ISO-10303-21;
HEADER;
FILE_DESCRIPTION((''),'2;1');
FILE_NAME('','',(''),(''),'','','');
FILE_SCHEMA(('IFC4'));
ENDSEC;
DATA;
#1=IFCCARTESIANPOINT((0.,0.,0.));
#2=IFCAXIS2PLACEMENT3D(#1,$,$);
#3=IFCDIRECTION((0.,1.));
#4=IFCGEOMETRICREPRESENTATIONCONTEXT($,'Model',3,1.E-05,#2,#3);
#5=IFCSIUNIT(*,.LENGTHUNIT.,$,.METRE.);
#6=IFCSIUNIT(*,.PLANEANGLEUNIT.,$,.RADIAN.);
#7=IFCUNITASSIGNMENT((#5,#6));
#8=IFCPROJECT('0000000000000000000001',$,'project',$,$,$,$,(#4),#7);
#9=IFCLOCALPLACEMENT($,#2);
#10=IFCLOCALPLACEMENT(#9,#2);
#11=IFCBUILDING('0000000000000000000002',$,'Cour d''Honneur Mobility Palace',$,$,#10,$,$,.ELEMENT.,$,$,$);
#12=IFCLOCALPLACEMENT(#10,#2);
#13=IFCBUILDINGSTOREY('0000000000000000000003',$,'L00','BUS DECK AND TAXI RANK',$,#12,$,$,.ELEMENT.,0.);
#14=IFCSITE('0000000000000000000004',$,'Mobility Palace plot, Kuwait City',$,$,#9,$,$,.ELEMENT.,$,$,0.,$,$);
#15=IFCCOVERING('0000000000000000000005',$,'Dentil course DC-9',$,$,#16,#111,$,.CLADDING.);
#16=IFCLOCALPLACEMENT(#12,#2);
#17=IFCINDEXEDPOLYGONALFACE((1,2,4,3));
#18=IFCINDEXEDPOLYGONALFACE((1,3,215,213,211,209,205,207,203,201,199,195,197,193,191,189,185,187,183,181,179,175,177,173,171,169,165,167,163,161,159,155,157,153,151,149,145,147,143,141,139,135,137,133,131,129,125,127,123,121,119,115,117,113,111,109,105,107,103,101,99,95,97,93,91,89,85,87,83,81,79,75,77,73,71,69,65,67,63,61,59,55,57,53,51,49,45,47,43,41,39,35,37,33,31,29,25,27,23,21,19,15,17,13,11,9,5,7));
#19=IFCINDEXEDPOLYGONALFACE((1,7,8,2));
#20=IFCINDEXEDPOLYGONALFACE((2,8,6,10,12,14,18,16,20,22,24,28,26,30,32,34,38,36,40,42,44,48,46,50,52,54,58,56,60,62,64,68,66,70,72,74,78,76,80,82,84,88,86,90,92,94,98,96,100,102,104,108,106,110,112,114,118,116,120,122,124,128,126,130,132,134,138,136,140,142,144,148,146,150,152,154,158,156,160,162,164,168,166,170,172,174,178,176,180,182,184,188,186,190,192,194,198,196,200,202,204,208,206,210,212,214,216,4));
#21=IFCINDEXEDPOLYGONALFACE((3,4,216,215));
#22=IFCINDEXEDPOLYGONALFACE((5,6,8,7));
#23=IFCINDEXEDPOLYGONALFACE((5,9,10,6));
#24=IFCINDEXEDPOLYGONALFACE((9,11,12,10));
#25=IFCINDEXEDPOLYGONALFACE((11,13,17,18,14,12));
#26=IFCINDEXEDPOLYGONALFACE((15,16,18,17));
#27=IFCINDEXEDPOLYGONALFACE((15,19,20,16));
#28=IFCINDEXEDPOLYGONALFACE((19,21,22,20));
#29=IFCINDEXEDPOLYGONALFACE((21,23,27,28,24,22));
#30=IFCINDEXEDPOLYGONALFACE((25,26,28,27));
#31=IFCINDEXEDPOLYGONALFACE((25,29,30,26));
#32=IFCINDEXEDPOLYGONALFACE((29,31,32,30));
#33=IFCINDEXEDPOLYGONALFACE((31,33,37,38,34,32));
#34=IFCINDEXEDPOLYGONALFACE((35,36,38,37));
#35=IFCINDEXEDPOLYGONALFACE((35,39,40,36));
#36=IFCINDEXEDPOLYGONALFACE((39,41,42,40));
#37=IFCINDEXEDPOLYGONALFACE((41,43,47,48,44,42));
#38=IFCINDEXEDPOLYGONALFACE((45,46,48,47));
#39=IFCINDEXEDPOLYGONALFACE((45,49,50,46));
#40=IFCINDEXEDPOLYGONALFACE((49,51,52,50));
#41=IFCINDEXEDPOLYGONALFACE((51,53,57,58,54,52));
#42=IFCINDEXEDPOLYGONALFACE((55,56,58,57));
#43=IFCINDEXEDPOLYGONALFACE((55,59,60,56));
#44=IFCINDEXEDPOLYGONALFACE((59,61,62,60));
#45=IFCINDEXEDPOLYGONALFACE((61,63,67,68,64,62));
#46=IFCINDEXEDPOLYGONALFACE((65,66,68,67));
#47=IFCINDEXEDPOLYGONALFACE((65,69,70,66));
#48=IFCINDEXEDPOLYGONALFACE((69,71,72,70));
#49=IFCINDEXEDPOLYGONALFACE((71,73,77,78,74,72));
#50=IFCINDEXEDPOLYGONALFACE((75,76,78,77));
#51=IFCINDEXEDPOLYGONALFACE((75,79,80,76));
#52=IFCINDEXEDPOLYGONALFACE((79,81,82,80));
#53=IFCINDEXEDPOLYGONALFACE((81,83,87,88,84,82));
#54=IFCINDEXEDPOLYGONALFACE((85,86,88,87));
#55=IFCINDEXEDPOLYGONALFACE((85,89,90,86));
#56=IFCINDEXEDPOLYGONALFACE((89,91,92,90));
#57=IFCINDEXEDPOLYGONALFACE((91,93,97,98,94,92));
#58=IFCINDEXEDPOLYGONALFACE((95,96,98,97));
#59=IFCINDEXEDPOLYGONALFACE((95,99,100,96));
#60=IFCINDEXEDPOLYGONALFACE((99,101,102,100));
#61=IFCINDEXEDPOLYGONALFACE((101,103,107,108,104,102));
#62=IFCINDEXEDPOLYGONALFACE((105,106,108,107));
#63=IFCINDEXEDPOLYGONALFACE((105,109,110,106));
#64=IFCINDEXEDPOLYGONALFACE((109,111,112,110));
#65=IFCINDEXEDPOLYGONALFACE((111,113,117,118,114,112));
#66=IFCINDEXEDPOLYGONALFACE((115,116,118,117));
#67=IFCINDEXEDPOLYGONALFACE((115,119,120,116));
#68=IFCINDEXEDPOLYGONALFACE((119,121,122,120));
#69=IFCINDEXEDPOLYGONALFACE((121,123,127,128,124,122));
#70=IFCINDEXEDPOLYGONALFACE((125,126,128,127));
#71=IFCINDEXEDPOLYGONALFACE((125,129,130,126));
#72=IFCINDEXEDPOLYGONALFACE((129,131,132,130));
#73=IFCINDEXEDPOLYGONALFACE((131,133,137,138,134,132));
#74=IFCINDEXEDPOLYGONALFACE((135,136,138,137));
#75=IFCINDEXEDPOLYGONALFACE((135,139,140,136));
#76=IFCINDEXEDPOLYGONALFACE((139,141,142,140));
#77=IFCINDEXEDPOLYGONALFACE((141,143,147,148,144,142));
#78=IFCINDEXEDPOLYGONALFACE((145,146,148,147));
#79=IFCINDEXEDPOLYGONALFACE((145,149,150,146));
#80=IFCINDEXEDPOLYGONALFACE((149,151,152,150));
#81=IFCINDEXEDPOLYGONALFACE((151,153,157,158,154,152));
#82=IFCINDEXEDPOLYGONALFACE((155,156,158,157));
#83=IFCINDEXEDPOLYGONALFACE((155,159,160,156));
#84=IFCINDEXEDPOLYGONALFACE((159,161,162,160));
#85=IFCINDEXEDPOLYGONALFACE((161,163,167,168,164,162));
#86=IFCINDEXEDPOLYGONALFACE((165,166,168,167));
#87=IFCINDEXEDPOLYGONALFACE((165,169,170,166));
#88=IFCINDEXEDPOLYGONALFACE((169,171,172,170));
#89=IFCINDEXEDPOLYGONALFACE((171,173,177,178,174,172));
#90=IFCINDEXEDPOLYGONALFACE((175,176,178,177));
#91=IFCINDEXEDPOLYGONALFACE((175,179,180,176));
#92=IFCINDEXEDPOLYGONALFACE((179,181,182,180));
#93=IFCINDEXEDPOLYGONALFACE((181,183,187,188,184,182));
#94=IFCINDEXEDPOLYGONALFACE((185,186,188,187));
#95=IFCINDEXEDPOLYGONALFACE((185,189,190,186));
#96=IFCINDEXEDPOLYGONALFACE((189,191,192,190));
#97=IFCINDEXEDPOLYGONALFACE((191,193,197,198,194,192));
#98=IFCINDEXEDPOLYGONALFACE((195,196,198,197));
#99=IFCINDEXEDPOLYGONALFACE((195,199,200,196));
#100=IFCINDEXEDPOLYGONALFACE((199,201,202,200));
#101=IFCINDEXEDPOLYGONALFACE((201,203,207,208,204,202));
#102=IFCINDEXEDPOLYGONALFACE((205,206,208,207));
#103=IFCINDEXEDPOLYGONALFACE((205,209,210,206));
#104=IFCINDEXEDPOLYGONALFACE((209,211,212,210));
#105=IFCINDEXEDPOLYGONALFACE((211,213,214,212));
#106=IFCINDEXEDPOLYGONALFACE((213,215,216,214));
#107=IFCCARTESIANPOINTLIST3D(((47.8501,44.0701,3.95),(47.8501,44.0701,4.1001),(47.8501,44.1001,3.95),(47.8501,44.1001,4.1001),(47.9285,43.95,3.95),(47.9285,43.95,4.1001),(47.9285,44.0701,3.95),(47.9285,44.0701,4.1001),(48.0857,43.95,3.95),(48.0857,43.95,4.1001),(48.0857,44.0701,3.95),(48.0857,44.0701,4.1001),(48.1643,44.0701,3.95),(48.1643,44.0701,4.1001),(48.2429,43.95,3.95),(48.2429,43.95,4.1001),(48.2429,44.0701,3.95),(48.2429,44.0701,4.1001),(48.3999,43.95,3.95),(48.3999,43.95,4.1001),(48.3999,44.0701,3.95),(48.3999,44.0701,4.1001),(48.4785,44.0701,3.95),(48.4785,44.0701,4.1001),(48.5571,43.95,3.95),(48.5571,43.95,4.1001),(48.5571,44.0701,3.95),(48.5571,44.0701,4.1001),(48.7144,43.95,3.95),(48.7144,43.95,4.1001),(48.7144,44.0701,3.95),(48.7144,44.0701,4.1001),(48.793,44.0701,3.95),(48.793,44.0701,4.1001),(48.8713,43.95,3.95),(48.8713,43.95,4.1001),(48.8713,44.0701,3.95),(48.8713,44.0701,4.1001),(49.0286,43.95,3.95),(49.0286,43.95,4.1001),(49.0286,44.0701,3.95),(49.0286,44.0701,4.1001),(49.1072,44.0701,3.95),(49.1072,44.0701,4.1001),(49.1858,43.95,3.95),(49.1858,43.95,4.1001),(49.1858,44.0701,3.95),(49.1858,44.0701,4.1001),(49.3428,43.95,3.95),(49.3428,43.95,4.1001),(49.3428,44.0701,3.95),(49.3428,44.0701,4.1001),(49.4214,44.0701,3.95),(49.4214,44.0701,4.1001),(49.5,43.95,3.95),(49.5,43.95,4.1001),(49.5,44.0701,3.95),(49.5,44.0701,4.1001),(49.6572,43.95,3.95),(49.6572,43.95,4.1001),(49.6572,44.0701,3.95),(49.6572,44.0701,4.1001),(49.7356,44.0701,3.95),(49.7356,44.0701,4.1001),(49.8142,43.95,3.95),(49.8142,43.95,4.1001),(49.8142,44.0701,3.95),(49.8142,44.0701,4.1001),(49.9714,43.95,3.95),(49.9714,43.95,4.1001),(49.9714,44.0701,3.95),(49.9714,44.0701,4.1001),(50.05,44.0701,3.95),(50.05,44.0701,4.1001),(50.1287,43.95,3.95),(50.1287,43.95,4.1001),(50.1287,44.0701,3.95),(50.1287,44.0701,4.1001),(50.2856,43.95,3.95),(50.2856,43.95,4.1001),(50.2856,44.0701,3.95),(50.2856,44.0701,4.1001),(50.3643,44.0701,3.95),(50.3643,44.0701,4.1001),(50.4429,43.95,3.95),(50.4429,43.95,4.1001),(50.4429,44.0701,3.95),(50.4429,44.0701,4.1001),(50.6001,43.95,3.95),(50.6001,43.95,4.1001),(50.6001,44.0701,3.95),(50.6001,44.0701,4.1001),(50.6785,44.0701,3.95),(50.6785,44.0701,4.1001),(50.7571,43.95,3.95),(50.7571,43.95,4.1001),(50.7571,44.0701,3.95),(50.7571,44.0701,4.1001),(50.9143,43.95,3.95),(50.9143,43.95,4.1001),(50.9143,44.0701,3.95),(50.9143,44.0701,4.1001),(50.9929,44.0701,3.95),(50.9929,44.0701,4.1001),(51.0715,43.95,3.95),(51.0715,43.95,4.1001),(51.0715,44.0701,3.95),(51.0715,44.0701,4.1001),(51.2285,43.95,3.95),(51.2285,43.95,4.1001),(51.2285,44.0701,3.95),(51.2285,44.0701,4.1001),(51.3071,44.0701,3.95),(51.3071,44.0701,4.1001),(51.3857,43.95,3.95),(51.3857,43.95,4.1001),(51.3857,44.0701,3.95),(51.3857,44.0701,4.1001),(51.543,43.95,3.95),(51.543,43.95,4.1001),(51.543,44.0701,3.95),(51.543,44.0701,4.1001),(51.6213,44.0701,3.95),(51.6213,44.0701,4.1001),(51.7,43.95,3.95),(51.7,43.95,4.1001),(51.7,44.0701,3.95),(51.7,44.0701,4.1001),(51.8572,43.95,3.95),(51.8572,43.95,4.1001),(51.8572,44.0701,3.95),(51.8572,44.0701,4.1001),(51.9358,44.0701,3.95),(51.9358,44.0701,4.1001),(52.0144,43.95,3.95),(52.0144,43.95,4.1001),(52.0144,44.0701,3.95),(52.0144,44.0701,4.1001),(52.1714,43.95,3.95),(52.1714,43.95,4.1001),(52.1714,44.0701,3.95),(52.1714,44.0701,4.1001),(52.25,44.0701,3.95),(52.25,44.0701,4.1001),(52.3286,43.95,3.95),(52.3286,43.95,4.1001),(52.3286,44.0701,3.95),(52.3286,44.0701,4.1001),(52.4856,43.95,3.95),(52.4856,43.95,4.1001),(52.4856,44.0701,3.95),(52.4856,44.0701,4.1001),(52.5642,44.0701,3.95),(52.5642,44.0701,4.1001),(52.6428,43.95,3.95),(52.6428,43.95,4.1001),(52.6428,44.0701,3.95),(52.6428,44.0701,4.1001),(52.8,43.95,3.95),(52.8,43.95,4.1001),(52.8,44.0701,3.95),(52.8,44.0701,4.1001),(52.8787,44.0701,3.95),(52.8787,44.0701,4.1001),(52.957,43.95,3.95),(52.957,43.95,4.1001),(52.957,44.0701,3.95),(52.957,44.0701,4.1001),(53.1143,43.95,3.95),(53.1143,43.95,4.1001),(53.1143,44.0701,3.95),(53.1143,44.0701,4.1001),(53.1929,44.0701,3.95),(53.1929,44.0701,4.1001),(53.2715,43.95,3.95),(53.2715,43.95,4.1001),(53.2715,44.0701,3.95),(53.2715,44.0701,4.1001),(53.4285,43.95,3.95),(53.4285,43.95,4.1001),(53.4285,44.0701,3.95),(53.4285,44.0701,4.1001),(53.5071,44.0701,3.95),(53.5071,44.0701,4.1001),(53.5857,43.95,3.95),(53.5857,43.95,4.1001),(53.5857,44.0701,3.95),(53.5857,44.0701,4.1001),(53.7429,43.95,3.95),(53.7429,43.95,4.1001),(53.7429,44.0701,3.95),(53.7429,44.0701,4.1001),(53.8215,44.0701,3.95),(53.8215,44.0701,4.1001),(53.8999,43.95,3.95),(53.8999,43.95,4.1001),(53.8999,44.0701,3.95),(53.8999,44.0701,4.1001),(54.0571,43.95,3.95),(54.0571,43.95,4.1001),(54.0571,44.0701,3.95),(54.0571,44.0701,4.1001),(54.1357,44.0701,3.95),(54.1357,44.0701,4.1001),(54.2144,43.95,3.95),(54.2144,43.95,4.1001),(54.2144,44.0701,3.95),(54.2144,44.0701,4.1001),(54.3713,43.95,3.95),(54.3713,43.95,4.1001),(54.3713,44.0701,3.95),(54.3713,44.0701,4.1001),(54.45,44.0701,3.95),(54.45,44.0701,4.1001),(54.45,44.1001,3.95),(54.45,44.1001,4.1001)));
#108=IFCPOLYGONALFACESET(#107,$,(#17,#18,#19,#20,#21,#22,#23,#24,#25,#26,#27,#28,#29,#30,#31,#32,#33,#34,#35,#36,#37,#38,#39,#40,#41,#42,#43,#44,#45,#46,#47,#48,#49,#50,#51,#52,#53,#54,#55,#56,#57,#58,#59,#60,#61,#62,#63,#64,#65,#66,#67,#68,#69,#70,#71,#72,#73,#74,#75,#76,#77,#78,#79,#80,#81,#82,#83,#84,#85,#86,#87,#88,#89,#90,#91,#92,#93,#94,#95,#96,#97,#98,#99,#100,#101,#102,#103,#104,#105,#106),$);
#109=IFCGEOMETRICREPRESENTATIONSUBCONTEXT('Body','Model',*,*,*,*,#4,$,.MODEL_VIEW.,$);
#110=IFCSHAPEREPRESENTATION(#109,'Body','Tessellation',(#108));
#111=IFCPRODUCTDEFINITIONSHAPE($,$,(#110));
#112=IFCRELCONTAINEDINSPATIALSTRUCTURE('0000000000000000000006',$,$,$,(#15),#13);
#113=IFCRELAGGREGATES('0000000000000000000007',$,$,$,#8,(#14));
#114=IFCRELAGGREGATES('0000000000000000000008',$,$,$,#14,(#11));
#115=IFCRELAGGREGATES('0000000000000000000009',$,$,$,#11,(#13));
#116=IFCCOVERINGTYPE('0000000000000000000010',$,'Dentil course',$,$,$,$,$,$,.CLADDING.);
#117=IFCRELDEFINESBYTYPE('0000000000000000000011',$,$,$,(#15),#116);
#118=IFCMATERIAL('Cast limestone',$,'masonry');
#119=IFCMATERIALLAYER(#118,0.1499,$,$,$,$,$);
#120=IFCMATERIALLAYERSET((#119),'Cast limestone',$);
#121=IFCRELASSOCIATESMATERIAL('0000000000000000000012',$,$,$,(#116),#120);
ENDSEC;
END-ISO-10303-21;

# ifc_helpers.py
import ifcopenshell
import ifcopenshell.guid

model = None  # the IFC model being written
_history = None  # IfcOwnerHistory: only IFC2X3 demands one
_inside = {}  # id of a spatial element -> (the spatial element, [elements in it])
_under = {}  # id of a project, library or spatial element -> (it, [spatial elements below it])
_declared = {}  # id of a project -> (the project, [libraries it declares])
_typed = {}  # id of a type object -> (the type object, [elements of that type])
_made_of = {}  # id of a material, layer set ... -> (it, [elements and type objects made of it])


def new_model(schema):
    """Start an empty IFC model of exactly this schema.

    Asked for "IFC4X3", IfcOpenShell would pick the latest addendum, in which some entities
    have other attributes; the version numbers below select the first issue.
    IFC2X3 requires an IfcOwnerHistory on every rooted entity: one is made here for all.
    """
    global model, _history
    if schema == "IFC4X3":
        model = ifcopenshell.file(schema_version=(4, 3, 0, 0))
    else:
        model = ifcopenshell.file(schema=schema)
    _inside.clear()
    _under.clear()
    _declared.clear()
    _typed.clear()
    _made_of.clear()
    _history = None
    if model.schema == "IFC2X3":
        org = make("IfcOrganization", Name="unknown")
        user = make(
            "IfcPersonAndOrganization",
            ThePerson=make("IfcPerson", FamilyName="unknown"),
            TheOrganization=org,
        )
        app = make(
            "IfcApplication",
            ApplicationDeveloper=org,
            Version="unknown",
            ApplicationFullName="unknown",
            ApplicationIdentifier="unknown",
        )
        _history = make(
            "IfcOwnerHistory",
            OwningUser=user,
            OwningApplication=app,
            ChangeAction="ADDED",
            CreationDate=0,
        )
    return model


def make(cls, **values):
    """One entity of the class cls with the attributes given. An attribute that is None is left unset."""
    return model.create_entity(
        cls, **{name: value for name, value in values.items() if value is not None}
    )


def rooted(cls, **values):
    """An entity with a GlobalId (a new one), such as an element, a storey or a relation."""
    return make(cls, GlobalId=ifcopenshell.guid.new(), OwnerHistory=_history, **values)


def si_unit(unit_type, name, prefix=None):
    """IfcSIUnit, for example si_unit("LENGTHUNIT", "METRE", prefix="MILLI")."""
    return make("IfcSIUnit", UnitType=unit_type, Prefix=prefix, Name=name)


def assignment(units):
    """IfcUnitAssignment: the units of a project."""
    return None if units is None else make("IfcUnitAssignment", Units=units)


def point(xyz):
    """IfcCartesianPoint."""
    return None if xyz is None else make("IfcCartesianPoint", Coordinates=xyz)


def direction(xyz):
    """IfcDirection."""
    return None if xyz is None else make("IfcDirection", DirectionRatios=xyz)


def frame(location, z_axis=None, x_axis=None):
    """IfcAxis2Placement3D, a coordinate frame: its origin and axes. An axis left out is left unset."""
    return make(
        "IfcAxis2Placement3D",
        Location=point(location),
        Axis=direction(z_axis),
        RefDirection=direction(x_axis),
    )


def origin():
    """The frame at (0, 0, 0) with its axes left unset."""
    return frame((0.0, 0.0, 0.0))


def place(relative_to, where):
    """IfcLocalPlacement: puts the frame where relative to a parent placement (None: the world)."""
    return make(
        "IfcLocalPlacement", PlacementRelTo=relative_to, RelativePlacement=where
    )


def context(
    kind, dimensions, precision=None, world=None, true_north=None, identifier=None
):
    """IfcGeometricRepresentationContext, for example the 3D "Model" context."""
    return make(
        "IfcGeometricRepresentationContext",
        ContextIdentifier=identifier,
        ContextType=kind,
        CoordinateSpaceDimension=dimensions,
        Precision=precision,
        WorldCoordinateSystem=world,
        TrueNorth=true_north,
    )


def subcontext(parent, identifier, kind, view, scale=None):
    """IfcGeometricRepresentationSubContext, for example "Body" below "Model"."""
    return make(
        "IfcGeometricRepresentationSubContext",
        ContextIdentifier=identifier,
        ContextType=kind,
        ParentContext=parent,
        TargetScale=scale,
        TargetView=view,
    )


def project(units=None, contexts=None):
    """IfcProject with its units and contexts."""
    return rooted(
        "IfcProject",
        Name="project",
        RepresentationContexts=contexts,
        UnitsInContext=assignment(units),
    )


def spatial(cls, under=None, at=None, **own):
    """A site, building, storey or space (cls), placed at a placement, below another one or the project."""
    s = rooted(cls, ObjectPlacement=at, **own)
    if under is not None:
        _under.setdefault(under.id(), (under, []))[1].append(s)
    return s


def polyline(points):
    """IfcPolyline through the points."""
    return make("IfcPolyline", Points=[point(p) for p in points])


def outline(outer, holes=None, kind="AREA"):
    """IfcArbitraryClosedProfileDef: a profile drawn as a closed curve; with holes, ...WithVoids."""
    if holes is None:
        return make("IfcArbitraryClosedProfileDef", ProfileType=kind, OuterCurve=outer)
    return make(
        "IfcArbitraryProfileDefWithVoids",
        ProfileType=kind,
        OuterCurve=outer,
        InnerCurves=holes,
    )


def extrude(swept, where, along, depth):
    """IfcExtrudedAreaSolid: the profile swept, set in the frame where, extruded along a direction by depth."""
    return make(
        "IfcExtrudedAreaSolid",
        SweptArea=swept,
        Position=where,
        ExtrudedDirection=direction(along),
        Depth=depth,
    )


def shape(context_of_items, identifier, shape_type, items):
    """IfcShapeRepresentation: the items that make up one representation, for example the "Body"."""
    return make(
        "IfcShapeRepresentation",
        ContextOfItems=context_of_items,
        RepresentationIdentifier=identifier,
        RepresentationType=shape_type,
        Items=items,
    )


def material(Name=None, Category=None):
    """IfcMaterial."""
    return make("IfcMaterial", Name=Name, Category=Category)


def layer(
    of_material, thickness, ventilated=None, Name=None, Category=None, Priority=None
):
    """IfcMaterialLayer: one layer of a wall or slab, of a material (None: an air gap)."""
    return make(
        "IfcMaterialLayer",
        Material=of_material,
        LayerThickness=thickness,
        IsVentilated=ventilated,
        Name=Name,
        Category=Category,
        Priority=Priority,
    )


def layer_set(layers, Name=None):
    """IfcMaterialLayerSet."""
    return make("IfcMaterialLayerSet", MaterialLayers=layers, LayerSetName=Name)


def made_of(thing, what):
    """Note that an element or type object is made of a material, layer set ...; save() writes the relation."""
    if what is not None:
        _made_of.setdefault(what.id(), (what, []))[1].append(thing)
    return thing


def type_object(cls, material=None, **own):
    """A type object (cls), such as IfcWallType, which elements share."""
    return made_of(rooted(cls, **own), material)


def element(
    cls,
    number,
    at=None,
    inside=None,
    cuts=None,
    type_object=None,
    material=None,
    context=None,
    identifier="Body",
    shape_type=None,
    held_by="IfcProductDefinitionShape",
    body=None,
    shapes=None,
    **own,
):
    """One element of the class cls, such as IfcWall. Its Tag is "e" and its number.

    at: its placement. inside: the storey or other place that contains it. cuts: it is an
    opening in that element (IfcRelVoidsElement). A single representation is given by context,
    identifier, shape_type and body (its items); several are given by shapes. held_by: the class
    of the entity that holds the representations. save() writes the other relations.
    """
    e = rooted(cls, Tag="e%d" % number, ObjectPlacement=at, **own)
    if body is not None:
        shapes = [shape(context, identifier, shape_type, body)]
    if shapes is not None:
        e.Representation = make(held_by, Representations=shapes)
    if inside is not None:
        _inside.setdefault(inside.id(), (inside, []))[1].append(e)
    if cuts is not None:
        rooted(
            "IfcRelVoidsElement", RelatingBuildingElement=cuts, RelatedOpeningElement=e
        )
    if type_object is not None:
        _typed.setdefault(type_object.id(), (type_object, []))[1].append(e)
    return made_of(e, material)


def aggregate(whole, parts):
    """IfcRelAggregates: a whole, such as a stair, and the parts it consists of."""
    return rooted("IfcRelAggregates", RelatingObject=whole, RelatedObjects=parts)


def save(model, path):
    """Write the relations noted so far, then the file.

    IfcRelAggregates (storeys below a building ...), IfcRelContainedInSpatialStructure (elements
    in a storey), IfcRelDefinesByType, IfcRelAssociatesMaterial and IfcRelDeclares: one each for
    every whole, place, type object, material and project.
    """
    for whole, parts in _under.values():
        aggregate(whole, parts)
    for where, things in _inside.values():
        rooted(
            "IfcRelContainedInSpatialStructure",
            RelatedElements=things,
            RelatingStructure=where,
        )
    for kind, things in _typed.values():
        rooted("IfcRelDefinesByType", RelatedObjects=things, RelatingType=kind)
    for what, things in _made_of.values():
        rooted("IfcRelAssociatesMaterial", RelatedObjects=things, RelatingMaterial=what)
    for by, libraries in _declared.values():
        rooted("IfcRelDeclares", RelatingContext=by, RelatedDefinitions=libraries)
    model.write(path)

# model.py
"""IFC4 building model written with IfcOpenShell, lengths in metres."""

from ifc_helpers import new_model, si_unit, direction, frame, origin, place, context, subcontext, project, spatial, polyline, outline, extrude, material, layer, layer_set, type_object, element, save


model = new_model("IFC4")

# Units and contexts
model_context = context("Model", 3, precision=1e-05, world=origin(), true_north=direction((0.0, 1.0)))
body_context = subcontext(model_context, "Body", "Model", "MODEL_VIEW")
ifc_project = project(units=[si_unit("LENGTHUNIT", "METRE"), si_unit("PLANEANGLEUNIT", "RADIAN")], contexts=[model_context])

# Site, building, storey
site_placement = place(None, origin())
site = spatial("IfcSite", under=ifc_project, at=site_placement, Name="Mobility Palace plot, Kuwait City", CompositionType="ELEMENT", RefElevation=0.0)
building_placement = place(site_placement, origin())
building = spatial("IfcBuilding", under=site, at=building_placement, Name="Cour d'Honneur Mobility Palace", CompositionType="ELEMENT")
storey_placement = place(building_placement, origin())
storey = spatial("IfcBuildingStorey", under=building, at=storey_placement, Name="L00", Description="BUS DECK AND TAXI RANK", CompositionType="ELEMENT", Elevation=0.0)

# Covering
ifc_material = material(Name="Cast limestone", Category="masonry")
ifc_layer = layer(ifc_material, 0.1499)
ifc_layer_set = layer_set([ifc_layer], Name="Cast limestone")
covering_type = type_object("IfcCoveringType", Name="Dentil course", PredefinedType="CLADDING", material=ifc_layer_set)
covering_1_placement = place(storey_placement, frame((0.0, 0.0, 3.95)))
element("IfcCovering", 1, at=covering_1_placement, inside=storey, type_object=covering_type, Name="Dentil course DC-9", PredefinedType="CLADDING", context=body_context, shape_type="SweptSolid", body=[
    extrude(outline(polyline([(47.8501, 44.1001), (54.45, 44.1001), (54.45, 44.0701), (54.45, 44.0701), (54.3713, 44.0701), (54.3713, 43.95), (54.2144, 43.95), (54.2144, 44.0701), (54.1357, 44.0701), (54.1357, 44.0701), (54.0571, 44.0701), (54.0571, 43.95), (53.8999, 43.95), (53.8999, 44.0701), (53.8215, 44.0701), (53.8215, 44.0701), (53.7429, 44.0701), (53.7429, 43.95), (53.5857, 43.95), (53.5857, 44.0701), (53.5071, 44.0701), (53.5071, 44.0701), (53.4285, 44.0701), (53.4285, 43.95), (53.2715, 43.95), (53.2715, 44.0701), (53.1929, 44.0701), (53.1929, 44.0701), (53.1143, 44.0701), (53.1143, 43.95), (52.957, 43.95), (52.957, 44.0701), (52.8787, 44.0701), (52.8787, 44.0701), (52.8, 44.0701), (52.8, 43.95), (52.6428, 43.95), (52.6428, 44.0701), (52.5642, 44.0701), (52.5642, 44.0701), (52.4856, 44.0701), (52.4856, 43.95), (52.3286, 43.95), (52.3286, 44.0701), (52.25, 44.0701), (52.25, 44.0701), (52.1714, 44.0701), (52.1714, 43.95), (52.0144, 43.95), (52.0144, 44.0701), (51.9358, 44.0701), (51.9358, 44.0701), (51.8572, 44.0701), (51.8572, 43.95), (51.7, 43.95), (51.7, 44.0701), (51.6213, 44.0701), (51.6213, 44.0701), (51.543, 44.0701), (51.543, 43.95), (51.3857, 43.95), (51.3857, 44.0701), (51.3071, 44.0701), (51.3071, 44.0701), (51.2285, 44.0701), (51.2285, 43.95), (51.0715, 43.95), (51.0715, 44.0701), (50.9929, 44.0701), (50.9929, 44.0701), (50.9143, 44.0701), (50.9143, 43.95), (50.7571, 43.95), (50.7571, 44.0701), (50.6785, 44.0701), (50.6785, 44.0701), (50.6001, 44.0701), (50.6001, 43.95), (50.4429, 43.95), (50.4429, 44.0701), (50.3643, 44.0701), (50.3643, 44.0701), (50.2856, 44.0701), (50.2856, 43.95), (50.1287, 43.95), (50.1287, 44.0701), (50.05, 44.0701), (50.05, 44.0701), (49.9714, 44.0701), (49.9714, 43.95), (49.8142, 43.95), (49.8142, 44.0701), (49.7356, 44.0701), (49.7356, 44.0701), (49.6572, 44.0701), (49.6572, 43.95), (49.5, 43.95), (49.5, 44.0701), (49.4214, 44.0701), (49.4214, 44.0701), (49.3428, 44.0701), (49.3428, 43.95), (49.1858, 43.95), (49.1858, 44.0701), (49.1072, 44.0701), (49.1072, 44.0701), (49.0286, 44.0701), (49.0286, 43.95), (48.8713, 43.95), (48.8713, 44.0701), (48.793, 44.0701), (48.793, 44.0701), (48.7144, 44.0701), (48.7144, 43.95), (48.5571, 43.95), (48.5571, 44.0701), (48.4785, 44.0701), (48.4785, 44.0701), (48.3999, 44.0701), (48.3999, 43.95), (48.2429, 43.95), (48.2429, 44.0701), (48.1643, 44.0701), (48.1643, 44.0701), (48.0857, 44.0701), (48.0857, 43.95), (47.9285, 43.95), (47.9285, 44.0701), (47.8501, 44.0701), (47.8501, 44.1001)])), origin(), (0.0, 0.0, 1.0), 0.1501),
])

save(model, "model.ifc")
